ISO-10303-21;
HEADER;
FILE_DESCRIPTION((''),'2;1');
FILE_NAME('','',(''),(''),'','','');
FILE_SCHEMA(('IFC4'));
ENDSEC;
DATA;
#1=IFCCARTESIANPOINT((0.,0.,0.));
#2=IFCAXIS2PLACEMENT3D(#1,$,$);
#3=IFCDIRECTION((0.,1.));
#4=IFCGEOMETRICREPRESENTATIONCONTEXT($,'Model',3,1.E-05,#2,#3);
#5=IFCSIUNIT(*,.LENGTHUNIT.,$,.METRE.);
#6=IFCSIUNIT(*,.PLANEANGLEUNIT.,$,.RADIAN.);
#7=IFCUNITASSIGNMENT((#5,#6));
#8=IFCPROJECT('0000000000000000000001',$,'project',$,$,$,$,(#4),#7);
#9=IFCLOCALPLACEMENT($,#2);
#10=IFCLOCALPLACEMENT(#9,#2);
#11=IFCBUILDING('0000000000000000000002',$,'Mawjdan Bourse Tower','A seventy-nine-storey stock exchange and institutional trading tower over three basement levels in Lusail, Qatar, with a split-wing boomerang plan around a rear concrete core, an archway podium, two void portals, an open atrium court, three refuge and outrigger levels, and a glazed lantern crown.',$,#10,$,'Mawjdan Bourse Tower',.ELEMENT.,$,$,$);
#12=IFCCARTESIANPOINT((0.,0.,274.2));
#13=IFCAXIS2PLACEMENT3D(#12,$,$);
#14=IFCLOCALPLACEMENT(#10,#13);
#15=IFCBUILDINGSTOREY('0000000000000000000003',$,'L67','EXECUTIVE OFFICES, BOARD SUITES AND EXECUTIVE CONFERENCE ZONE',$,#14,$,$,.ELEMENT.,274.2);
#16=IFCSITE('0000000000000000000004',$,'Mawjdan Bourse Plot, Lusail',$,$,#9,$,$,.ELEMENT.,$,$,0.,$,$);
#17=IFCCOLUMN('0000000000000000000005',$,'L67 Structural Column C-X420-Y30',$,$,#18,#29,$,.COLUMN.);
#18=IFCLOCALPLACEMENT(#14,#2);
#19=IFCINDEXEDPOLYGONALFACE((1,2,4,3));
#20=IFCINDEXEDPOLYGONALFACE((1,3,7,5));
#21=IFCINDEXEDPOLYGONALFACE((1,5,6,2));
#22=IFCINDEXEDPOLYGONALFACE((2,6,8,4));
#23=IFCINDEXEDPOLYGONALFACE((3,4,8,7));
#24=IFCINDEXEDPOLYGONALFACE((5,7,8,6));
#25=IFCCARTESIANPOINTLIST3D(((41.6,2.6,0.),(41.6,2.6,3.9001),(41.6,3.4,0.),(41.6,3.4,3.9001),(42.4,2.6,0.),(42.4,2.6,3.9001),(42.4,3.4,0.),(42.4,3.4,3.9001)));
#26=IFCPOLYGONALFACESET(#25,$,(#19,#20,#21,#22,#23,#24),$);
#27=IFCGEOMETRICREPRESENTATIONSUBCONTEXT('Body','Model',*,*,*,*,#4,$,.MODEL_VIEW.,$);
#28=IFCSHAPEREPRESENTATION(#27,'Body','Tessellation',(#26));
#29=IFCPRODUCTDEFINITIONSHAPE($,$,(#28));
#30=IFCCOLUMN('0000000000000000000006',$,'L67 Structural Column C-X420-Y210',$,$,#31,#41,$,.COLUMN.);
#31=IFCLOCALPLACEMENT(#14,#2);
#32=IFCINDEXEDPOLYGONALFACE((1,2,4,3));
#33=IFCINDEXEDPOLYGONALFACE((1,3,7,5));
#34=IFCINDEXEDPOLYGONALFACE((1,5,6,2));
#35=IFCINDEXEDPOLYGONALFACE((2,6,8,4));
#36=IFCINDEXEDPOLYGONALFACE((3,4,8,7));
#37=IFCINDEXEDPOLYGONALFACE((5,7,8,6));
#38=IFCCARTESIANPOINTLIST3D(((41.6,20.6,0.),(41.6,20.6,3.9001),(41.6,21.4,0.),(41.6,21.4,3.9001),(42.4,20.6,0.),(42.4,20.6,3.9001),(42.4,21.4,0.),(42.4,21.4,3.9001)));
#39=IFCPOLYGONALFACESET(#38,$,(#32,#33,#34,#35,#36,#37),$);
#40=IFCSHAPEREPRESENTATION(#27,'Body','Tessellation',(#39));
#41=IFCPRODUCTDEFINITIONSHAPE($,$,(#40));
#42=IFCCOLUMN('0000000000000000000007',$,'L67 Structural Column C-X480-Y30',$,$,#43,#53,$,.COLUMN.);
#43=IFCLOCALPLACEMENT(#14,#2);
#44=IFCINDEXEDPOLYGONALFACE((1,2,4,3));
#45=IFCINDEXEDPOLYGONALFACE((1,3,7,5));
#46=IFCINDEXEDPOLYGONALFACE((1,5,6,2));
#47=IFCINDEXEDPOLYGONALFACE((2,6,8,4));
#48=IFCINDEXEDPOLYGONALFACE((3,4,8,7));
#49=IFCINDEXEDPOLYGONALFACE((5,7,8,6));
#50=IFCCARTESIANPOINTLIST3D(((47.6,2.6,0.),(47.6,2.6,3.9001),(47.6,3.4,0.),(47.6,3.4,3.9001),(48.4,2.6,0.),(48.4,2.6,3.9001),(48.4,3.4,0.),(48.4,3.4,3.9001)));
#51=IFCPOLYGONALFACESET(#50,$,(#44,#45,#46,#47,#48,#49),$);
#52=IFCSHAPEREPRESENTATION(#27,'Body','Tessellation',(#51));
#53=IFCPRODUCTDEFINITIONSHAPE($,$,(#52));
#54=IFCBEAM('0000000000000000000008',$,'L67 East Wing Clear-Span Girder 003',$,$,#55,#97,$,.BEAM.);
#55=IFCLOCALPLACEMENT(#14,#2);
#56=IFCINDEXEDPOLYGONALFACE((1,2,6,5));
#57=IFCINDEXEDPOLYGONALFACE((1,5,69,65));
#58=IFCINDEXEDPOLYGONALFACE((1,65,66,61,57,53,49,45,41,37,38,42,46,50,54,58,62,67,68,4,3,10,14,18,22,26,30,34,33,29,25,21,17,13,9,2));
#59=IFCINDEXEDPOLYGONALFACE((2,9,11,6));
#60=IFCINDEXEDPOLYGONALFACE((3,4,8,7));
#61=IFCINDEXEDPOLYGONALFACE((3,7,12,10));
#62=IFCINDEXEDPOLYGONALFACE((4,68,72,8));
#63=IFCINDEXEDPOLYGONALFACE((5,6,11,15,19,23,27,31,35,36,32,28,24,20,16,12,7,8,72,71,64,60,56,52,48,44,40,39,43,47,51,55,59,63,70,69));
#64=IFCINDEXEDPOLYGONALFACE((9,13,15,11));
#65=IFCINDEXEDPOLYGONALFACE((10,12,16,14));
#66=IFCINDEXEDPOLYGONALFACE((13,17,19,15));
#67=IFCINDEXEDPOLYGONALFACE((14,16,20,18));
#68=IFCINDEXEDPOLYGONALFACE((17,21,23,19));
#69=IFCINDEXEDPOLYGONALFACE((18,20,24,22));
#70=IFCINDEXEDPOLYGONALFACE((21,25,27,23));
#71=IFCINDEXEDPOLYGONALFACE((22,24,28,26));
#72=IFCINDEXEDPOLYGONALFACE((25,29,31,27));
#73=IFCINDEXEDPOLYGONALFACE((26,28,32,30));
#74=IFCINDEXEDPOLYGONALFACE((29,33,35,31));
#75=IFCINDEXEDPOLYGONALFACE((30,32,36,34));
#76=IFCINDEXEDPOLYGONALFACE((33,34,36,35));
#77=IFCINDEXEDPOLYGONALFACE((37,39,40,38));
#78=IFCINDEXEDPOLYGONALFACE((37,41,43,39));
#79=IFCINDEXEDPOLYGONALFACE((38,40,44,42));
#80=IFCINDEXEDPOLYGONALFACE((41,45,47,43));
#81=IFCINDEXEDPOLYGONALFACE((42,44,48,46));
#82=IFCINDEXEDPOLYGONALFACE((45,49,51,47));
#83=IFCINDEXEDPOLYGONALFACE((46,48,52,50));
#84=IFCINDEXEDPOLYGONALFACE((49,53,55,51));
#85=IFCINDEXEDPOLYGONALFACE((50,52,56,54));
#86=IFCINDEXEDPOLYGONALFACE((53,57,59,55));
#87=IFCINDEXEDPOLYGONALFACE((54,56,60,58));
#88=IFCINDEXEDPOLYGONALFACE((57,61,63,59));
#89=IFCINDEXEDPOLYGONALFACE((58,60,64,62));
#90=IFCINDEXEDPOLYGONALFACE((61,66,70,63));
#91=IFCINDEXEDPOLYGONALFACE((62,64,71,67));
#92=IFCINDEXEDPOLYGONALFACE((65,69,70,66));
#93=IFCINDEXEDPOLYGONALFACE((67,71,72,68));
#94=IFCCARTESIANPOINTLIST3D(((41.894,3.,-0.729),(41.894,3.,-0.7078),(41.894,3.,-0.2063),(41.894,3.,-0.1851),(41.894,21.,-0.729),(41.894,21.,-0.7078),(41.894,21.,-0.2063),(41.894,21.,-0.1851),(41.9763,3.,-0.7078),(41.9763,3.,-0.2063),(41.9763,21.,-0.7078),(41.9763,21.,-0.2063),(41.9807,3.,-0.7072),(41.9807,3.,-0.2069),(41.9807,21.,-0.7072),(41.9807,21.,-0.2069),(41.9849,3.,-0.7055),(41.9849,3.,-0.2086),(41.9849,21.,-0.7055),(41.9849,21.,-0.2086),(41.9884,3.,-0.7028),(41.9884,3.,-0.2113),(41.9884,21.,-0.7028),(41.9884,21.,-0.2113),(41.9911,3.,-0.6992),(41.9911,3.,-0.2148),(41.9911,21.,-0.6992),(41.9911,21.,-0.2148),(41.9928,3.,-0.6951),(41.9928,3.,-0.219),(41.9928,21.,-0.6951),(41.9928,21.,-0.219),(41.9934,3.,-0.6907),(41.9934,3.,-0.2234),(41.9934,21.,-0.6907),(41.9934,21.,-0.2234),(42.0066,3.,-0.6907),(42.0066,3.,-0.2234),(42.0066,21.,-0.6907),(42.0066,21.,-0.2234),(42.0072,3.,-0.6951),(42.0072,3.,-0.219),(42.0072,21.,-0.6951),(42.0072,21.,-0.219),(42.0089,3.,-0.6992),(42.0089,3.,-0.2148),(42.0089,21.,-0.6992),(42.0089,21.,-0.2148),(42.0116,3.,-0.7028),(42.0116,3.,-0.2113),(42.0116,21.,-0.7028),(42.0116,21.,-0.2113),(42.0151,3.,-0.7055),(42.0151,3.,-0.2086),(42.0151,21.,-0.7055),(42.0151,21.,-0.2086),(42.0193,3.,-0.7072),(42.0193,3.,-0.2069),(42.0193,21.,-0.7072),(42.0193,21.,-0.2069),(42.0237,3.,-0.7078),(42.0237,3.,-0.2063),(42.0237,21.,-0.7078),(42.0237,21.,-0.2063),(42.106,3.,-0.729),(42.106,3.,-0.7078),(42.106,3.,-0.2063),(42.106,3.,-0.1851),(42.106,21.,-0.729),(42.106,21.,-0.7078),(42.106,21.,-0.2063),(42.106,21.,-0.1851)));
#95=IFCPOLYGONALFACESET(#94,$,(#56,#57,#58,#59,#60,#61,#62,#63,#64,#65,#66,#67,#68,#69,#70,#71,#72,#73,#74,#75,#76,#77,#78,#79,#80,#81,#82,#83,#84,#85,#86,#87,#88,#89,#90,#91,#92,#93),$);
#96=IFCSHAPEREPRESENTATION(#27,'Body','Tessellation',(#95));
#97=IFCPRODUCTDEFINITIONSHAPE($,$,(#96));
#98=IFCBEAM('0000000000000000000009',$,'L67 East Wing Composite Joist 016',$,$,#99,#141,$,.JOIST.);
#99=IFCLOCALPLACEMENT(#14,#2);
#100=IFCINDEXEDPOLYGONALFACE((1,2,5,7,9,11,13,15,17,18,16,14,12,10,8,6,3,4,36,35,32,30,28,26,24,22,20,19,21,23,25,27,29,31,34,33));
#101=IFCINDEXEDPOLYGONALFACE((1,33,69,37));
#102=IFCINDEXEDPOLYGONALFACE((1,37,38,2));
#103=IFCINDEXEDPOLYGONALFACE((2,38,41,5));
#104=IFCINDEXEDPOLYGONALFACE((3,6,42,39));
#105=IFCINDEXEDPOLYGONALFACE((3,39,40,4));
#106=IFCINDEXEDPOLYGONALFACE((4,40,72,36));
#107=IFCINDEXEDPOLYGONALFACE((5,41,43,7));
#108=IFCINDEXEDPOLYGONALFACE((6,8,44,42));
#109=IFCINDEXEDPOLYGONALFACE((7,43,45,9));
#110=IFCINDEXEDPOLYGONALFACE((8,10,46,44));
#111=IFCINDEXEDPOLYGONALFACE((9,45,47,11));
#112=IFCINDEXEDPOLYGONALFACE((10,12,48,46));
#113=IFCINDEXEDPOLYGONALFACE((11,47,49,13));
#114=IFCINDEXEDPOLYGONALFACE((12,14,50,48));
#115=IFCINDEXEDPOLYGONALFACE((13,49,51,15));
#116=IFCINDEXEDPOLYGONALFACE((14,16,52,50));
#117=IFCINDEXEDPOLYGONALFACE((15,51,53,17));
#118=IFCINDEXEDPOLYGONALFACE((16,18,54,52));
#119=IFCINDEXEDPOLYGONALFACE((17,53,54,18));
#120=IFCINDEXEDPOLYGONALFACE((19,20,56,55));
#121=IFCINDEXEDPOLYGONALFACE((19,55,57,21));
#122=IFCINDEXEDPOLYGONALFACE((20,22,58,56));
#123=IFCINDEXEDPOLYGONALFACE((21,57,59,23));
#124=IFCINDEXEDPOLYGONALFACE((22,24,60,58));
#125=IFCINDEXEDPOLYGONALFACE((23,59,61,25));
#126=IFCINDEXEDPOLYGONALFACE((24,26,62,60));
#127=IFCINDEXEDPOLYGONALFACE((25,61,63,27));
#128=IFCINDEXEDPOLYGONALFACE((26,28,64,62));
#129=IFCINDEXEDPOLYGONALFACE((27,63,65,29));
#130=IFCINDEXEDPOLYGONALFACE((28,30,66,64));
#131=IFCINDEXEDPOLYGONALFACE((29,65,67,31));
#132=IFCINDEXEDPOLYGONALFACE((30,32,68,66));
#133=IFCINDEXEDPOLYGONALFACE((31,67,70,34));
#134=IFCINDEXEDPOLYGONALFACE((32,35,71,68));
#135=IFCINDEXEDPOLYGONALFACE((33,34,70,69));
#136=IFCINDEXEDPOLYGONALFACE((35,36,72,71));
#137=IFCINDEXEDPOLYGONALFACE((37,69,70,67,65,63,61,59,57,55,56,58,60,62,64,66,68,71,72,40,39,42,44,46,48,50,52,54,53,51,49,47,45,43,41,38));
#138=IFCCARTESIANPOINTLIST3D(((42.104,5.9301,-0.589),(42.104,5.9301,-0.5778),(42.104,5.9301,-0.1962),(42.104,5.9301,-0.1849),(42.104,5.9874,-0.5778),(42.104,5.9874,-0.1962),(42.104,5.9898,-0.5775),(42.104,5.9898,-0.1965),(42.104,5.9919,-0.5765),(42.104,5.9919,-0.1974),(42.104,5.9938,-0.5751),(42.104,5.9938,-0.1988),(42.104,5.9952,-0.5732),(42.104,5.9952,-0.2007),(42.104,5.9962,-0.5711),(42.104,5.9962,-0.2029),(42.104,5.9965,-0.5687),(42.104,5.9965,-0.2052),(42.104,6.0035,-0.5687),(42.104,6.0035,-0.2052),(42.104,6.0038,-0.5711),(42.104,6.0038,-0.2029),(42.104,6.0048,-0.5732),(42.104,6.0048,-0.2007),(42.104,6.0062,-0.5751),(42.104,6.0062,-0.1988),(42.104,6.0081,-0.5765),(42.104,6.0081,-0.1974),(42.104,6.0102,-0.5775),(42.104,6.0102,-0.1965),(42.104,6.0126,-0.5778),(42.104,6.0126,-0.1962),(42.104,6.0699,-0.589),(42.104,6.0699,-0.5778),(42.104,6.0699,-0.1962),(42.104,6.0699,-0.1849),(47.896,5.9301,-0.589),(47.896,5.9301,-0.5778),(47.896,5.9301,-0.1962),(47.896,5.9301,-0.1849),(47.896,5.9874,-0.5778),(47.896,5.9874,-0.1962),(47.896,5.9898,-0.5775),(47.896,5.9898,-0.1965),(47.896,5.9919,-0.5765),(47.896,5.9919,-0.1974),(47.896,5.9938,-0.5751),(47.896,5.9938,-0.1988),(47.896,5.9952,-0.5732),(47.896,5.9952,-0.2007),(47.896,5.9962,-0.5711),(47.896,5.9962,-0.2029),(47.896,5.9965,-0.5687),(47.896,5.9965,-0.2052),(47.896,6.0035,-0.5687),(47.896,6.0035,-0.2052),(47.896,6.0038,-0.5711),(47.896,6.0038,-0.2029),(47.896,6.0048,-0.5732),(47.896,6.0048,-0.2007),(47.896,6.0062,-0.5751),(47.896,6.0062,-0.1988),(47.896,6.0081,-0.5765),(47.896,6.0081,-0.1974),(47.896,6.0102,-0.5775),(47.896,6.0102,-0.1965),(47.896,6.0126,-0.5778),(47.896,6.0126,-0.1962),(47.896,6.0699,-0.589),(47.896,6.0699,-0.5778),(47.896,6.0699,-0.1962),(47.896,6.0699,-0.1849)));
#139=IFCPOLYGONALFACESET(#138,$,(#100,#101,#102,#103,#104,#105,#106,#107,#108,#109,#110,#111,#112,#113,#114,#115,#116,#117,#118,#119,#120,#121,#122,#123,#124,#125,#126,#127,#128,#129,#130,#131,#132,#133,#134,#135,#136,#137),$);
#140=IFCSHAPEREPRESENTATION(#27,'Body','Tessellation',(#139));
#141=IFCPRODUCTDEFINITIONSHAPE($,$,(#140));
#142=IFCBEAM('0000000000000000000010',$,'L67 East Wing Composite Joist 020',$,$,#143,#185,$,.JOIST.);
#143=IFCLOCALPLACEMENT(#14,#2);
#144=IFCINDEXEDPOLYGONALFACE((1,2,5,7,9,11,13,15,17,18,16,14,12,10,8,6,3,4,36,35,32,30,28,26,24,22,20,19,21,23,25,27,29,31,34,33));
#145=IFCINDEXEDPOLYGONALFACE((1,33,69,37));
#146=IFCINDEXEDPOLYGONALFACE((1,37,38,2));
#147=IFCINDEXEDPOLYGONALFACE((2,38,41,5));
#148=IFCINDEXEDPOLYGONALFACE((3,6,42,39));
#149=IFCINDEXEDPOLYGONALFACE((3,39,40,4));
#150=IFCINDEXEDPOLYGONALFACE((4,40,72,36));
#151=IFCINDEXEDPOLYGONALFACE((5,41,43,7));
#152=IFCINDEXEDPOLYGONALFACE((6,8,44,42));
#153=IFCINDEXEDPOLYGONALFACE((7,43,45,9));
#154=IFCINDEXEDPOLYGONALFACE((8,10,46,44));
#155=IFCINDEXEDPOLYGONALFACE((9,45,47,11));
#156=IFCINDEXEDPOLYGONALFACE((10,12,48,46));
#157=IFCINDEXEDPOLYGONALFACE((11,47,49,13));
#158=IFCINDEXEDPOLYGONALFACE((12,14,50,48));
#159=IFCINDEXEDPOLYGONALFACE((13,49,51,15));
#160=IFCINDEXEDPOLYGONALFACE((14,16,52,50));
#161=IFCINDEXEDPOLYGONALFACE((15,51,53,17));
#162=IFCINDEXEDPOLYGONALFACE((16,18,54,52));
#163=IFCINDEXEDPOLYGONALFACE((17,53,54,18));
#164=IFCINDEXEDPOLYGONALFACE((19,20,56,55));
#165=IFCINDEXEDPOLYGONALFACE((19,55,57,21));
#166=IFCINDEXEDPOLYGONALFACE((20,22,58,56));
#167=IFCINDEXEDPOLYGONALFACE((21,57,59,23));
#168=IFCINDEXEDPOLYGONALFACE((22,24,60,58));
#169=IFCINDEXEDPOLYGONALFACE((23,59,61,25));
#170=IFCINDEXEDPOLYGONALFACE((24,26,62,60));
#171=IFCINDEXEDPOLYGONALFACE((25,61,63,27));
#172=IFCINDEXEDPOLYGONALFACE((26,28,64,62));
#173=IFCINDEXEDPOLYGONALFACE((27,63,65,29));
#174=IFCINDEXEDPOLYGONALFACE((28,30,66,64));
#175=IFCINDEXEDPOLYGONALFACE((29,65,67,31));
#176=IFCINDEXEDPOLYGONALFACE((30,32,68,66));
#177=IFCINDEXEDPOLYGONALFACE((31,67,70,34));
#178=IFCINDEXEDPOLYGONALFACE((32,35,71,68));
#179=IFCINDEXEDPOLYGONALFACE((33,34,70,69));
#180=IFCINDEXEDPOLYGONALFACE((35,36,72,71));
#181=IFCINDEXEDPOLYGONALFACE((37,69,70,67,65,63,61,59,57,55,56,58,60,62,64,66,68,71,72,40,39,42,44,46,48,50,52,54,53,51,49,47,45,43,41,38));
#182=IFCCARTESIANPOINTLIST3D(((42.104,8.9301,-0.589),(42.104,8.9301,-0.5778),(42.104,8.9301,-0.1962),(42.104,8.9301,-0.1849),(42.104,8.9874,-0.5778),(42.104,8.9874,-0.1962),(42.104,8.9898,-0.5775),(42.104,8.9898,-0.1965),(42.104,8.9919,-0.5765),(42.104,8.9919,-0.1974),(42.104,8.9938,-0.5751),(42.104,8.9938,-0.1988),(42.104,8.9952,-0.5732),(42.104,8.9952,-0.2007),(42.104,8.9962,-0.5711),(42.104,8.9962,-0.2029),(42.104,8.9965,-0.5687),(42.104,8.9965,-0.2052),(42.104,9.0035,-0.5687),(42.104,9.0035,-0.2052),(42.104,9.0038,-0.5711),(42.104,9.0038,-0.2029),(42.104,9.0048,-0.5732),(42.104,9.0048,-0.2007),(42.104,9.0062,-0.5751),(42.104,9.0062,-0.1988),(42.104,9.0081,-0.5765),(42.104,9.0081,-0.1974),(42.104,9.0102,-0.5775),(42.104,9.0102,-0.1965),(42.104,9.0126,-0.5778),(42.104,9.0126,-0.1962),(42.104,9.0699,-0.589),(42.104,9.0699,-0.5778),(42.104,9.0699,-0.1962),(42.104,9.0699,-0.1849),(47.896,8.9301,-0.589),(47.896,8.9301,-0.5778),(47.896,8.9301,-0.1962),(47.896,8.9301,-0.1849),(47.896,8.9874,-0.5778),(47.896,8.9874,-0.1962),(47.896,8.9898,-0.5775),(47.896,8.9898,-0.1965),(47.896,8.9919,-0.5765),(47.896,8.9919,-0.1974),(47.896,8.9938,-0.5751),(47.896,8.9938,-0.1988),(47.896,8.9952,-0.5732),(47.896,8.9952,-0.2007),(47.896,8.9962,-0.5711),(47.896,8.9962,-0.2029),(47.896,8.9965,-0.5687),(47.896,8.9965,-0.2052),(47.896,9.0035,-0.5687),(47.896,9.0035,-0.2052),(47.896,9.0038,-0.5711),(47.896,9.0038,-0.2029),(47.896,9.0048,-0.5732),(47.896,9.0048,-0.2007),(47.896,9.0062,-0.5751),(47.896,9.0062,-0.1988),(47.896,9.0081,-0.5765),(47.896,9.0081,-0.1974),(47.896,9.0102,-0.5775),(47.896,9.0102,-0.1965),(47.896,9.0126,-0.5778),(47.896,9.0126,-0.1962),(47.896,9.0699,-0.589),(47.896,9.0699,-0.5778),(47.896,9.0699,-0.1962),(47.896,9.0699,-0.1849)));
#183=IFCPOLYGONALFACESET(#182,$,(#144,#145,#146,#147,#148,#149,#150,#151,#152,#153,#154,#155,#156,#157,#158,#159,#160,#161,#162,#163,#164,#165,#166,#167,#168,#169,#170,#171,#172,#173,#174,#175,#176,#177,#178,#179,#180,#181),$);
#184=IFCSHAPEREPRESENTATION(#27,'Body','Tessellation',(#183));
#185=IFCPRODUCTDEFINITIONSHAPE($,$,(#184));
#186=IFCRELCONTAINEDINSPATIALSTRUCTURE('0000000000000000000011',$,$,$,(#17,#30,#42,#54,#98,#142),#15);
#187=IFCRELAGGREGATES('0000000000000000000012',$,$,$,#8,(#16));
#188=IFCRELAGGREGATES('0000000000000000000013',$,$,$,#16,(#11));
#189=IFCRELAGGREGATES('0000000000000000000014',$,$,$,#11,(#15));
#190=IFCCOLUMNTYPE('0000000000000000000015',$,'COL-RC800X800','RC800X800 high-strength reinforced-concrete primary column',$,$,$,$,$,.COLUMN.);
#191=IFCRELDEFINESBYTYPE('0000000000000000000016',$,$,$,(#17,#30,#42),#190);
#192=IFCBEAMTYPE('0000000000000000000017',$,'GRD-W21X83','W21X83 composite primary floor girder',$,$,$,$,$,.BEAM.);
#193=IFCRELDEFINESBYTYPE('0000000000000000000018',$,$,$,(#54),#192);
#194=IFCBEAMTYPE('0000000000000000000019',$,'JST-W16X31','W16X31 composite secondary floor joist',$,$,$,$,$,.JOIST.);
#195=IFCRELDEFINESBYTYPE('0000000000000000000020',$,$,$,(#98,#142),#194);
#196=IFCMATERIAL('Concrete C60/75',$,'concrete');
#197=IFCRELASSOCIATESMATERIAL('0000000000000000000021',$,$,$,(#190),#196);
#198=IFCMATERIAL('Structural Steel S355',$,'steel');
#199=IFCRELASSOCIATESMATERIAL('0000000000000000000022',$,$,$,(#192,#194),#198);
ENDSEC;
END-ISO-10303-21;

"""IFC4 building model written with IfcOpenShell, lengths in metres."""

from ifc_helpers import new_model, si_unit, direction, frame, origin, origin_2d, place, context, subcontext, project, spatial, rectangle, i_section, extrude, material, material_profile, profile_set, type_object, element, save


model = new_model("IFC4")

# Units and contexts
model_context = context("Model", 3, precision=1e-05, world=origin(), true_north=direction((0.0, 1.0)))
body_context = subcontext(model_context, "Body", "Model", "MODEL_VIEW")
ifc_project = project(units=[si_unit("LENGTHUNIT", "METRE"), si_unit("PLANEANGLEUNIT", "RADIAN")], contexts=[model_context])

# Site, building, storey
site_placement = place(None, origin())
site = spatial("IfcSite", under=ifc_project, at=site_placement, Name="Mawjdan Bourse Plot, Lusail", CompositionType="ELEMENT", RefElevation=0.0)
building_placement = place(site_placement, origin())
building = spatial("IfcBuilding", under=site, at=building_placement, Name="Mawjdan Bourse Tower", Description="A seventy-nine-storey stock exchange and institutional trading tower over three basement levels in Lusail, Qatar, with a split-wing boomerang plan around a rear concrete core, an archway podium, two void portals, an open atrium court, three refuge and outrigger levels, and a glazed lantern crown.", LongName="Mawjdan Bourse Tower", CompositionType="ELEMENT")
storey_placement = place(building_placement, frame((0.0, 0.0, 274.2)))
storey = spatial("IfcBuildingStorey", under=building, at=storey_placement, Name="L67", Description="EXECUTIVE OFFICES, BOARD SUITES AND EXECUTIVE CONFERENCE ZONE", CompositionType="ELEMENT", Elevation=274.2)

# Columns
ifc_material_1 = material(Name="Concrete C60/75", Category="concrete")
ifc_material_profile_1 = material_profile(ifc_material_1, rectangle(XDim=0.8, YDim=0.8, at=origin_2d()), Name="RC800X800")
ifc_profile_set_1 = profile_set([ifc_material_profile_1], Name="Concrete C60/75")
column_type = type_object("IfcColumnType", Name="COL-RC800X800", Description="RC800X800 high-strength reinforced-concrete primary column", PredefinedType="COLUMN", material=ifc_profile_set_1)
for number, where, z_axis, x_axis, name in (
    (1, (42.0, 3.0, 0.0), (0.0, 0.0, 1.0), (1.0, 0.0, 0.0), "L67 Structural Column C-X420-Y30"),
    (2, (42.0, 21.0, 0.0), (0.0, 0.0, 1.0), (1.0, 0.0, 0.0), "L67 Structural Column C-X420-Y210"),
    (3, (48.0, 3.0, 0.0), (0.0, 0.0, 1.0), (1.0, 0.0, 0.0), "L67 Structural Column C-X480-Y30"),
):
    element("IfcColumn", number, at=place(storey_placement, frame(where, z_axis=z_axis, x_axis=x_axis)), inside=storey, type_object=column_type, Name=name, PredefinedType="COLUMN", context=body_context, shape_type="SweptSolid", body=[
        extrude(rectangle(XDim=0.8, YDim=0.8, at=origin_2d()), origin(), (0.0, 0.0, 1.0), 3.9001),
    ])

# Beams
ifc_material_2 = material(Name="Structural Steel S355", Category="steel")
ifc_material_profile_2 = material_profile(ifc_material_2, i_section(OverallWidth=0.2119, OverallDepth=0.5439, WebThickness=0.0132, FlangeThickness=0.0212, FilletRadius=0.0171, at=origin_2d()), Name="W21X83")
ifc_profile_set_2 = profile_set([ifc_material_profile_2], Name="Structural Steel S355")
beam_type_1 = type_object("IfcBeamType", Name="GRD-W21X83", Description="W21X83 composite primary floor girder", PredefinedType="BEAM", material=ifc_profile_set_2)
beam_1_placement = place(storey_placement, frame((42.0, 3.0, -0.457), z_axis=(0.0, 1.0, 0.0), x_axis=(-1.0, 0.0, 0.0)))
element("IfcBeam", 4, at=beam_1_placement, inside=storey, type_object=beam_type_1, Name="L67 East Wing Clear-Span Girder 003", PredefinedType="BEAM", context=body_context, shape_type="SweptSolid", body=[
    extrude(i_section(OverallWidth=0.2119, OverallDepth=0.5439, WebThickness=0.0132, FlangeThickness=0.0212, FilletRadius=0.0171, at=origin_2d()), origin(), (0.0, 0.0, 1.0), 18.0),
])
ifc_material_profile_3 = material_profile(ifc_material_2, i_section(OverallWidth=0.1399, OverallDepth=0.4041, WebThickness=0.0071, FlangeThickness=0.0112, FilletRadius=0.009, at=origin_2d()), Name="W16X31")
ifc_profile_set_3 = profile_set([ifc_material_profile_3], Name="Structural Steel S355")
beam_type_2 = type_object("IfcBeamType", Name="JST-W16X31", Description="W16X31 composite secondary floor joist", PredefinedType="JOIST", material=ifc_profile_set_3)
for number, where, z_axis, x_axis, name in (
    (5, (42.104, 6.0, -0.387), (1.0, 0.0, 0.0), (0.0, 1.0, 0.0), "L67 East Wing Composite Joist 016"),
    (6, (42.104, 9.0, -0.387), (1.0, 0.0, 0.0), (0.0, 1.0, 0.0), "L67 East Wing Composite Joist 020"),
):
    element("IfcBeam", number, at=place(storey_placement, frame(where, z_axis=z_axis, x_axis=x_axis)), inside=storey, type_object=beam_type_2, Name=name, PredefinedType="JOIST", context=body_context, shape_type="SweptSolid", body=[
        extrude(i_section(OverallWidth=0.1399, OverallDepth=0.4041, WebThickness=0.0071, FlangeThickness=0.0112, FilletRadius=0.009, at=origin_2d()), origin(), (0.0, 0.0, 1.0), 5.792),
    ])

save(model, "model.ifc")
